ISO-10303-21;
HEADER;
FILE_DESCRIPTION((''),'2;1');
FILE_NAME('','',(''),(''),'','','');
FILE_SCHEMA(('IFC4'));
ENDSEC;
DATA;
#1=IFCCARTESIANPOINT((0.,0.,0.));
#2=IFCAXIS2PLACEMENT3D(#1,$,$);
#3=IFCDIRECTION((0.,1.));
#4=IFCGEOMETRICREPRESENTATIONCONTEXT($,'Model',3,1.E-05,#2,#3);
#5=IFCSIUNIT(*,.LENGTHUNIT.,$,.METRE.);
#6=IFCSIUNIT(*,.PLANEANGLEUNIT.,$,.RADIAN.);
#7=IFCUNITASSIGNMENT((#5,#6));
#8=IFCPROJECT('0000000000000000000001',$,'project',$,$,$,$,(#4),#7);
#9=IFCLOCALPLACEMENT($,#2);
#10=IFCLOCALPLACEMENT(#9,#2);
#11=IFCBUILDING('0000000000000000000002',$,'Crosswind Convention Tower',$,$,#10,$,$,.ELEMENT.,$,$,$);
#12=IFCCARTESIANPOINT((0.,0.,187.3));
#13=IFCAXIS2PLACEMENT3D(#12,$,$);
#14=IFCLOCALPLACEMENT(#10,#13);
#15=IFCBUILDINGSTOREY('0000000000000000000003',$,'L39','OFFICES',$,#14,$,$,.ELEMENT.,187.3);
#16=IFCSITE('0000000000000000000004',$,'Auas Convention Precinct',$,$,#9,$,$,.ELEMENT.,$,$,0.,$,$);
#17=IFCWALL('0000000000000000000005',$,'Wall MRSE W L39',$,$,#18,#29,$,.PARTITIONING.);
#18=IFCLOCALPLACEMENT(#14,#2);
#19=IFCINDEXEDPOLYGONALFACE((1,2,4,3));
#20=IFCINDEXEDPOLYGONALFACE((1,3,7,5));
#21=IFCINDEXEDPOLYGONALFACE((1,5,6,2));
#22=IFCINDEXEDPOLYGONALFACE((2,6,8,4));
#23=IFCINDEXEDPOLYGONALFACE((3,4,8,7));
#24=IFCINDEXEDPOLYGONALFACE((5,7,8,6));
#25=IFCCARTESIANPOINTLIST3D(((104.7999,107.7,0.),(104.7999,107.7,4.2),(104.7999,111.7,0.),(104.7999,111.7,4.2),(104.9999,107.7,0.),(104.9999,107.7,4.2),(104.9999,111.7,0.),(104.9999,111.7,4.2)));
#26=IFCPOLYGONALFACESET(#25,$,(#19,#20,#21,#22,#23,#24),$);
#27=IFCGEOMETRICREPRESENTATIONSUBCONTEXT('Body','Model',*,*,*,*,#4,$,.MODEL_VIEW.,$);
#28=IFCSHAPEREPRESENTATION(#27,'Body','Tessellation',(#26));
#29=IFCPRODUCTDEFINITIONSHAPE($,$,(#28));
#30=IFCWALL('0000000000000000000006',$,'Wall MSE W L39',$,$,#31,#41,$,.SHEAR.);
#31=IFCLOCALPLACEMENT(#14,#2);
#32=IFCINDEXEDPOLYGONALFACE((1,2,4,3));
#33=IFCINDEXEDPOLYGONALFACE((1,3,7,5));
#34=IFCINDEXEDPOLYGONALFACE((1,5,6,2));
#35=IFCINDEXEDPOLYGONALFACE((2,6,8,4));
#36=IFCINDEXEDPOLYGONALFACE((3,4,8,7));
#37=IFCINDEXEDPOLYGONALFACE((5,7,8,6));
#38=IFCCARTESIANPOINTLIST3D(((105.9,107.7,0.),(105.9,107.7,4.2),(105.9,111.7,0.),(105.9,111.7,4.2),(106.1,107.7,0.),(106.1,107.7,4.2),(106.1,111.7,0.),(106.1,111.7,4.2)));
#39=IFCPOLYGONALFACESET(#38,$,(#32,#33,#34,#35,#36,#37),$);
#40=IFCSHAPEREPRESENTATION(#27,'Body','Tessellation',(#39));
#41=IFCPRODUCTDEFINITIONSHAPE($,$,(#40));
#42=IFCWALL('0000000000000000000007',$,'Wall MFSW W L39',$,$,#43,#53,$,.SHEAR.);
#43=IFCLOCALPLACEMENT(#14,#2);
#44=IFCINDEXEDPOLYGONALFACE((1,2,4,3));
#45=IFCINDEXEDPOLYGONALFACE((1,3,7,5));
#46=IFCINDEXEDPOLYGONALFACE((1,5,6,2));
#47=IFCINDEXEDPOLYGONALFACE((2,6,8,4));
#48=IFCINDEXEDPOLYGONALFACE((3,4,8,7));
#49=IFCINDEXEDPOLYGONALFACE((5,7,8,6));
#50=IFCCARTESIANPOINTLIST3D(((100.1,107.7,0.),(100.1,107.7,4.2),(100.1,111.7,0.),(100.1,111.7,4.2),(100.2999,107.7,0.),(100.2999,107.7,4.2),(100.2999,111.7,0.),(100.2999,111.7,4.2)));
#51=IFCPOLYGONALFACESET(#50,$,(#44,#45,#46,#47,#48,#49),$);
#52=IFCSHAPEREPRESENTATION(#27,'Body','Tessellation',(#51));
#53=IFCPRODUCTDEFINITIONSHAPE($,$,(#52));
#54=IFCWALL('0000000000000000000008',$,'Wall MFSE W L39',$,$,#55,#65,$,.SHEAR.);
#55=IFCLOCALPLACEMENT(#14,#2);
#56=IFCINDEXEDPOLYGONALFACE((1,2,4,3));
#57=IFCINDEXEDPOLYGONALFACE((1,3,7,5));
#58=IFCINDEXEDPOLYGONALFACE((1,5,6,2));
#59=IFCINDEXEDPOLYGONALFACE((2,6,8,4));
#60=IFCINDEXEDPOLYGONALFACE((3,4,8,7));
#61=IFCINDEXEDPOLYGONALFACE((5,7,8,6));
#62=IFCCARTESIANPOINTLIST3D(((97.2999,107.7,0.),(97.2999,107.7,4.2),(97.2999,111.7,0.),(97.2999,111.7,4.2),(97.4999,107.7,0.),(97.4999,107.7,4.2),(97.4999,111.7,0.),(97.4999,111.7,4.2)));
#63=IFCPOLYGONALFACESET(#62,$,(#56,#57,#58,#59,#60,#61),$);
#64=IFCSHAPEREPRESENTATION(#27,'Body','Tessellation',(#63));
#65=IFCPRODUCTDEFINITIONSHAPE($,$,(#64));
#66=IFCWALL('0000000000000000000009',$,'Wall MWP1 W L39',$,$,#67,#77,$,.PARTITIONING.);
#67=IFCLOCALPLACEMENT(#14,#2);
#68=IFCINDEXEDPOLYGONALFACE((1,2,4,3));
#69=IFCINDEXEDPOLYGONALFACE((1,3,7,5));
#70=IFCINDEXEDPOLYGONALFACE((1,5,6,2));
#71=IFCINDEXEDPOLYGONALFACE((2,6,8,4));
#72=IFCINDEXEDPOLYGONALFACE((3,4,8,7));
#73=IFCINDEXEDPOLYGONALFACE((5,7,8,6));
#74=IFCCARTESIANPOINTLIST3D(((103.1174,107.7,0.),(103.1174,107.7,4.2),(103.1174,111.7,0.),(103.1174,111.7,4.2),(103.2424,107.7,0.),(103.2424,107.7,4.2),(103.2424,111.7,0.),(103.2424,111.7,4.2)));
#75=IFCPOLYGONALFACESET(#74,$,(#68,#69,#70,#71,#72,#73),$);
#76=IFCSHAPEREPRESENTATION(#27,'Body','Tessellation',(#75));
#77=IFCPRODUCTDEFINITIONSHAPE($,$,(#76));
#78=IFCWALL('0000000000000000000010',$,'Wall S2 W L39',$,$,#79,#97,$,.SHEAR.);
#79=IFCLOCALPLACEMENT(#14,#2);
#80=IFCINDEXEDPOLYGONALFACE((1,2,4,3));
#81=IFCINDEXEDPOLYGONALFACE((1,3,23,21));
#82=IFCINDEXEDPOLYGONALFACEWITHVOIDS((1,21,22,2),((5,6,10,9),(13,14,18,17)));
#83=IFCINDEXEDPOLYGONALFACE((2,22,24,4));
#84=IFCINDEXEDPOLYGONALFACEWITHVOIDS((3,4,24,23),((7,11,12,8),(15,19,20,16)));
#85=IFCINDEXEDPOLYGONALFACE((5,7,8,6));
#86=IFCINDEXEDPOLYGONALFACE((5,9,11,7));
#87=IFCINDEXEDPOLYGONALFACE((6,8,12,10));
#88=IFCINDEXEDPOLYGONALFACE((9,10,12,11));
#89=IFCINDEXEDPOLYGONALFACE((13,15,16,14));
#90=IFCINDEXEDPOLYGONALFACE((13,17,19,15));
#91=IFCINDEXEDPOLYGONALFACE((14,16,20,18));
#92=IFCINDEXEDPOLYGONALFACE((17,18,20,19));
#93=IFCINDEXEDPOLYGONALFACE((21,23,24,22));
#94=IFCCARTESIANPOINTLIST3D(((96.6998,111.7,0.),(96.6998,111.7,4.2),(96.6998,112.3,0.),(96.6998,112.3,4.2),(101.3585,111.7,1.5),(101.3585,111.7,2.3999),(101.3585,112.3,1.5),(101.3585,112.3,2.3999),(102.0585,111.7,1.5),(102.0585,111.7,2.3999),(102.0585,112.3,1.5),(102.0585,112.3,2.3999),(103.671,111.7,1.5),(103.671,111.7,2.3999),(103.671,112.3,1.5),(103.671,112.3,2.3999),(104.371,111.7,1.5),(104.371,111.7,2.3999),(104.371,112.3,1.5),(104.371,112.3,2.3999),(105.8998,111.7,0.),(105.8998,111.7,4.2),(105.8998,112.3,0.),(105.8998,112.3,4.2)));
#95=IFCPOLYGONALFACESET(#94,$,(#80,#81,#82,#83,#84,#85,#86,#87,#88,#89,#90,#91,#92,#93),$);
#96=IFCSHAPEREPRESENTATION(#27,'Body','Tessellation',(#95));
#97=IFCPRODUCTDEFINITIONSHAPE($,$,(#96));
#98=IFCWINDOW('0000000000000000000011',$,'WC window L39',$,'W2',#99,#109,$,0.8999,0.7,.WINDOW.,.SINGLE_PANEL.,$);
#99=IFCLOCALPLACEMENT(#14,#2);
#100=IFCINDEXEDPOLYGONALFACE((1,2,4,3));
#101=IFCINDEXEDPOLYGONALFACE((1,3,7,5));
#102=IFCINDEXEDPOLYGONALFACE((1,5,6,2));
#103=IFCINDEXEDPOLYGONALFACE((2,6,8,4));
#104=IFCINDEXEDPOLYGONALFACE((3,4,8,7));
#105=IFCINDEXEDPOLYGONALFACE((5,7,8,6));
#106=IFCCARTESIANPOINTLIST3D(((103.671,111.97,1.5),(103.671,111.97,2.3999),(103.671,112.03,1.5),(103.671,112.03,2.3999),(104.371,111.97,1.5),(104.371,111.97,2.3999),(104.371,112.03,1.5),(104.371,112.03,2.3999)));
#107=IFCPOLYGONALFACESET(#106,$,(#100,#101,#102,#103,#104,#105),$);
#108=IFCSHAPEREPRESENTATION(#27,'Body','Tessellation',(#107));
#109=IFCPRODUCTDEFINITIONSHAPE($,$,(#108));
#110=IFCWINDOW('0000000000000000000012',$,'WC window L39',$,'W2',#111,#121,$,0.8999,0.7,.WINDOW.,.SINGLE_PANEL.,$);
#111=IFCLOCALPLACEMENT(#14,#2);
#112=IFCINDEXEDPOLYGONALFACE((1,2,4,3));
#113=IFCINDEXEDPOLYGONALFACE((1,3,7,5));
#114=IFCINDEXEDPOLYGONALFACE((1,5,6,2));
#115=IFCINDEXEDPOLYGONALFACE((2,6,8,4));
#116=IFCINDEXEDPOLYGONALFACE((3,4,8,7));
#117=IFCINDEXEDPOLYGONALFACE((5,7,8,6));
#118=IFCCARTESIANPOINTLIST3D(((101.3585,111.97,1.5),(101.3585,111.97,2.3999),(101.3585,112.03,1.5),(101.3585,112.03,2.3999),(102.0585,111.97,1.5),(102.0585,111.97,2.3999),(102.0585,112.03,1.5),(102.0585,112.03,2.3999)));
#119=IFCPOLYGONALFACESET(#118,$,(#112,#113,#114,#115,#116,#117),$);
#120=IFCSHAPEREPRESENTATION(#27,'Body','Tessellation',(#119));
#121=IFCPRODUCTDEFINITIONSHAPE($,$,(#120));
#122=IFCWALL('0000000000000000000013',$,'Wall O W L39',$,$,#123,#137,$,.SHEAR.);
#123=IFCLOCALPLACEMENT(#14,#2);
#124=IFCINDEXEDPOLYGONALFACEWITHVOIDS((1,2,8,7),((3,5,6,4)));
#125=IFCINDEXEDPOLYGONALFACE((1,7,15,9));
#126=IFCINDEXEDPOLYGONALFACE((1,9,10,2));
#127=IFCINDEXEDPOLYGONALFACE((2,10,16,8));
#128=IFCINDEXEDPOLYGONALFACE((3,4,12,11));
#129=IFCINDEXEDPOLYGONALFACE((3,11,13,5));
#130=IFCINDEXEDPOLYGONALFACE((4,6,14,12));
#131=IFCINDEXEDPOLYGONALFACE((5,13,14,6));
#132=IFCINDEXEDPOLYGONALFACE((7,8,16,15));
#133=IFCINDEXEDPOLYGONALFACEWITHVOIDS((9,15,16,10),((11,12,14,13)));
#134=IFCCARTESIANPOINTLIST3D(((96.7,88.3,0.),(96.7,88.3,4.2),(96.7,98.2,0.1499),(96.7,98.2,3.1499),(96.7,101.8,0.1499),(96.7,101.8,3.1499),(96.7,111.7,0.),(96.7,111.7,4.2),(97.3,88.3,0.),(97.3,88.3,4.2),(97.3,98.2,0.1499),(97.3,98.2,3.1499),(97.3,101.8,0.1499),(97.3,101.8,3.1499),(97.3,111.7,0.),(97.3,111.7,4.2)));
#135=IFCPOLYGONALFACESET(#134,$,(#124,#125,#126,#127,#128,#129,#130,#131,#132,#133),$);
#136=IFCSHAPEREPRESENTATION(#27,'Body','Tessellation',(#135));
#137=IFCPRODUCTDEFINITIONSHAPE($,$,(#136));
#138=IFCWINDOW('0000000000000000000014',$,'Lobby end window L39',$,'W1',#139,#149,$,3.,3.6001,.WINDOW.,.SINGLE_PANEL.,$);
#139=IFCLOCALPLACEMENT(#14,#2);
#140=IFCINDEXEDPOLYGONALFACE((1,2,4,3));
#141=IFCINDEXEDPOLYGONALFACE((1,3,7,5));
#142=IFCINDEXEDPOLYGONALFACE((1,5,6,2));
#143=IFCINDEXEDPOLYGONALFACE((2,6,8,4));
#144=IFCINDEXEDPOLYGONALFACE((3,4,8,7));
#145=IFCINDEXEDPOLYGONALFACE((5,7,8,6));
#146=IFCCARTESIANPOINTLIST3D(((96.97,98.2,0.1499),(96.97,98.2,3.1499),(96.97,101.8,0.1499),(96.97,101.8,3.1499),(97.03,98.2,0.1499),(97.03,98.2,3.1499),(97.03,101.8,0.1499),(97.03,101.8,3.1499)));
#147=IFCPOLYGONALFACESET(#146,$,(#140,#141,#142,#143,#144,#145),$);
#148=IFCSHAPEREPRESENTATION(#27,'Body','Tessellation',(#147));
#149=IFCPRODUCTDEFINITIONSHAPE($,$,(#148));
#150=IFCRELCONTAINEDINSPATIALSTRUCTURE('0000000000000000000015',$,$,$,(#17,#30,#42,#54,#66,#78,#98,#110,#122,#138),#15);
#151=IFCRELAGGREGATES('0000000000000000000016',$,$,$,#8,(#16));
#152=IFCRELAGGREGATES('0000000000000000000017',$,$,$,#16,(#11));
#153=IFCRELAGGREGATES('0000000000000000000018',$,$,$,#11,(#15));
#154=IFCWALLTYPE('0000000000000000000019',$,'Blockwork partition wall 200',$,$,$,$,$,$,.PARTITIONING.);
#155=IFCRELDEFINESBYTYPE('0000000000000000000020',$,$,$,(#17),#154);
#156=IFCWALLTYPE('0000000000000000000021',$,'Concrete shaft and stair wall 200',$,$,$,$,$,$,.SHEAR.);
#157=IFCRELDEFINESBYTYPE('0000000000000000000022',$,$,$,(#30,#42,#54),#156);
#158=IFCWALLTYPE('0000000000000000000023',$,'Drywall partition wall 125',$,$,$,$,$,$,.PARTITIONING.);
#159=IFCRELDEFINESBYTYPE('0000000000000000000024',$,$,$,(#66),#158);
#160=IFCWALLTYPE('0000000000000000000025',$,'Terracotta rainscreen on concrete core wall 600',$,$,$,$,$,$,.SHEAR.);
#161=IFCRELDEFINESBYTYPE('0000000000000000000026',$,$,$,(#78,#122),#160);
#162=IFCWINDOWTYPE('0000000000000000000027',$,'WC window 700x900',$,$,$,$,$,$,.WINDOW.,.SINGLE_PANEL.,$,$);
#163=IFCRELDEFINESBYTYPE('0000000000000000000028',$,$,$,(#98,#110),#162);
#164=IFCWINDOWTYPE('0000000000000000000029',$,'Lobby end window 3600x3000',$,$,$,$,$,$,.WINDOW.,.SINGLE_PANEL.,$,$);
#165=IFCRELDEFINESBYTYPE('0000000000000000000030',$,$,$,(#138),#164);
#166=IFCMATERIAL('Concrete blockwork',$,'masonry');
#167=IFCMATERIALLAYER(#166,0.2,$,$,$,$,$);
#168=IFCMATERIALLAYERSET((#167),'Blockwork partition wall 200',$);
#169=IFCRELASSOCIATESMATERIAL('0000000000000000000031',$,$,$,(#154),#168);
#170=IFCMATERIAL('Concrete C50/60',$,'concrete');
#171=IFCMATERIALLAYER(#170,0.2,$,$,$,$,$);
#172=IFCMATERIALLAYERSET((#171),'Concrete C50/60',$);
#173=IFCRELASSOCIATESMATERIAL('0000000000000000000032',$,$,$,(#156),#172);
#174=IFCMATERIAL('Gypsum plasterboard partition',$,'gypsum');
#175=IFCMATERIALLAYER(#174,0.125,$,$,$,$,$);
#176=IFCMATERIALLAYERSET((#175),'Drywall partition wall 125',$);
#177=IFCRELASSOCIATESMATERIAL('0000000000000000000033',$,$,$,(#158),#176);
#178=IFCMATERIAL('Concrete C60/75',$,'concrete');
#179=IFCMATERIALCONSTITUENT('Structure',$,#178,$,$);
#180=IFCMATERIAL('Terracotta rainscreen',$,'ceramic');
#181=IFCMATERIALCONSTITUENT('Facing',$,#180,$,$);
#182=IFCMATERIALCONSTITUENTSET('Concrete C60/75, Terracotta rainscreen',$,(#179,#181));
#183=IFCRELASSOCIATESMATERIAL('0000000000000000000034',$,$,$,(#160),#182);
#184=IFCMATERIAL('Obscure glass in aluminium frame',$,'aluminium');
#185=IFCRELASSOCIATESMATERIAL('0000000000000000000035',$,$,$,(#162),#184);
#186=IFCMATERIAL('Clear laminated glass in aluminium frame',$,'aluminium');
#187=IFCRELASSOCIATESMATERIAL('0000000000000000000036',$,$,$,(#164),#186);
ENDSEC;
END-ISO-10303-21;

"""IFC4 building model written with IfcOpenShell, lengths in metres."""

from ifc_helpers import new_model, si_unit, direction, frame, frame_2d, origin, place, context, subcontext, project, spatial, rectangle, extrude, material, layer, layer_set, constituent, constituent_set, type_object, element, fill, save


model = new_model("IFC4")

# Units and contexts
model_context = context("Model", 3, precision=1e-05, world=origin(), true_north=direction((0.0, 1.0)))
body_context = subcontext(model_context, "Body", "Model", "MODEL_VIEW")
ifc_project = project(units=[si_unit("LENGTHUNIT", "METRE"), si_unit("PLANEANGLEUNIT", "RADIAN")], contexts=[model_context])

# Site, building, storey
site_placement = place(None, origin())
site = spatial("IfcSite", under=ifc_project, at=site_placement, Name="Auas Convention Precinct", CompositionType="ELEMENT", RefElevation=0.0)
building_placement = place(site_placement, origin())
building = spatial("IfcBuilding", under=site, at=building_placement, Name="Crosswind Convention Tower", CompositionType="ELEMENT")
storey_placement = place(building_placement, frame((0.0, 0.0, 187.3)))
storey = spatial("IfcBuildingStorey", under=building, at=storey_placement, Name="L39", Description="OFFICES", CompositionType="ELEMENT", Elevation=187.3)

# Walls
ifc_material_1 = material(Name="Concrete blockwork", Category="masonry")
ifc_layer_1 = layer(ifc_material_1, 0.2)
ifc_layer_set_1 = layer_set([ifc_layer_1], Name="Blockwork partition wall 200")
wall_type_1 = type_object("IfcWallType", Name="Blockwork partition wall 200", PredefinedType="PARTITIONING", material=ifc_layer_set_1)
wall_1_placement = place(storey_placement, frame((104.8999, 111.7, 0.0), z_axis=(0.0, 0.0, 1.0), x_axis=(0.0, -1.0, 0.0)))
element("IfcWall", 1, at=wall_1_placement, inside=storey, type_object=wall_type_1, Name="Wall MRSE W L39", PredefinedType="PARTITIONING", context=body_context, shape_type="SweptSolid", body=[
    extrude(rectangle(XDim=4.0, YDim=0.2, at=frame_2d((2.0, 0.0))), origin(), (0.0, 0.0, 1.0), 4.2),
])
ifc_material_2 = material(Name="Concrete C50/60", Category="concrete")
ifc_layer_2 = layer(ifc_material_2, 0.2)
ifc_layer_set_2 = layer_set([ifc_layer_2], Name="Concrete C50/60")
wall_type_2 = type_object("IfcWallType", Name="Concrete shaft and stair wall 200", PredefinedType="SHEAR", material=ifc_layer_set_2)
for number, where, z_axis, x_axis, name in (
    (2, (106.0, 111.7, 0.0), (0.0, 0.0, 1.0), (0.0, -1.0, 0.0), "Wall MSE W L39"),
    (3, (100.2, 111.7, 0.0), (0.0, 0.0, 1.0), (0.0, -1.0, 0.0), "Wall MFSW W L39"),
    (4, (97.3999, 111.7, 0.0), (0.0, 0.0, 1.0), (0.0, -1.0, 0.0), "Wall MFSE W L39"),
):
    element("IfcWall", number, at=place(storey_placement, frame(where, z_axis=z_axis, x_axis=x_axis)), inside=storey, type_object=wall_type_2, Name=name, PredefinedType="SHEAR", context=body_context, shape_type="SweptSolid", body=[
        extrude(rectangle(XDim=4.0, YDim=0.2, at=frame_2d((2.0, 0.0))), origin(), (0.0, 0.0, 1.0), 4.2),
    ])
ifc_material_3 = material(Name="Gypsum plasterboard partition", Category="gypsum")
ifc_layer_3 = layer(ifc_material_3, 0.125)
ifc_layer_set_3 = layer_set([ifc_layer_3], Name="Drywall partition wall 125")
wall_type_3 = type_object("IfcWallType", Name="Drywall partition wall 125", PredefinedType="PARTITIONING", material=ifc_layer_set_3)
wall_2_placement = place(storey_placement, frame((103.1799, 111.7, 0.0), z_axis=(0.0, 0.0, 1.0), x_axis=(0.0, -1.0, 0.0)))
element("IfcWall", 5, at=wall_2_placement, inside=storey, type_object=wall_type_3, Name="Wall MWP1 W L39", PredefinedType="PARTITIONING", context=body_context, shape_type="SweptSolid", body=[
    extrude(rectangle(XDim=4.0, YDim=0.125, at=frame_2d((2.0, 0.0))), origin(), (0.0, 0.0, 1.0), 4.2),
])

# Wall, openings, windows
ifc_material_4 = material(Name="Concrete C60/75", Category="concrete")
ifc_constituent_1 = constituent(ifc_material_4, Name="Structure")
ifc_material_5 = material(Name="Terracotta rainscreen", Category="ceramic")
ifc_constituent_2 = constituent(ifc_material_5, Name="Facing")
ifc_constituent_set = constituent_set(constituents=[ifc_constituent_1, ifc_constituent_2], Name="Concrete C60/75, Terracotta rainscreen")
wall_type_4 = type_object("IfcWallType", Name="Terracotta rainscreen on concrete core wall 600", PredefinedType="SHEAR", material=ifc_constituent_set)
wall_3_placement = place(storey_placement, frame((105.8999, 112.0, 0.0), z_axis=(0.0, 0.0, 1.0), x_axis=(-1.0, 0.0, 0.0)))
wall_3 = element("IfcWall", 6, at=wall_3_placement, inside=storey, type_object=wall_type_4, Name="Wall S2 W L39", PredefinedType="SHEAR", context=body_context, shape_type="SweptSolid", body=[
    extrude(rectangle(XDim=9.2, YDim=0.6001, at=frame_2d((4.6001, 0.0))), origin(), (0.0, 0.0, 1.0), 4.2),
])
opening_1_placement = place(wall_3_placement, frame((1.5288, 0.0, 1.5)))
opening_1 = element("IfcOpeningElement", 7, at=opening_1_placement, cuts=wall_3, PredefinedType="OPENING", context=body_context, shape_type="SweptSolid", body=[
    extrude(rectangle(XDim=0.7, YDim=0.8999, at=frame_2d((0.3501, 0.45))), frame((0.0, 0.3101, 0.0), z_axis=(0.0, -1.0, 0.0), x_axis=(1.0, 0.0, 0.0)), (0.0, 0.0, 1.0), 0.6201),
])
opening_2_placement = place(wall_3_placement, frame((3.8413, 0.0, 1.5)))
opening_2 = element("IfcOpeningElement", 8, at=opening_2_placement, cuts=wall_3, PredefinedType="OPENING", context=body_context, shape_type="SweptSolid", body=[
    extrude(rectangle(XDim=0.7, YDim=0.8999, at=frame_2d((0.3501, 0.45))), frame((0.0, 0.3101, 0.0), z_axis=(0.0, -1.0, 0.0), x_axis=(1.0, 0.0, 0.0)), (0.0, 0.0, 1.0), 0.6201),
])
ifc_material_6 = material(Name="Obscure glass in aluminium frame", Category="aluminium")
window_type_1 = type_object("IfcWindowType", Name="WC window 700x900", PartitioningType="SINGLE_PANEL", PredefinedType="WINDOW", material=ifc_material_6)
window_1_placement = place(opening_1_placement, origin())
window_1 = element("IfcWindow", 9, at=window_1_placement, inside=storey, type_object=window_type_1, Name="WC window L39", ObjectType="W2", OverallHeight=0.8999, OverallWidth=0.7, PartitioningType="SINGLE_PANEL", PredefinedType="WINDOW", context=body_context, shape_type="SweptSolid", body=[
    extrude(rectangle(XDim=0.7, YDim=0.8999, at=frame_2d((0.3501, 0.45))), frame((0.0, 0.03, 0.0), z_axis=(0.0, -1.0, 0.0), x_axis=(1.0, 0.0, 0.0)), (0.0, 0.0, 1.0), 0.0601),
])
fill(opening_1, window_1)
window_2_placement = place(opening_2_placement, origin())
window_2 = element("IfcWindow", 10, at=window_2_placement, inside=storey, type_object=window_type_1, Name="WC window L39", ObjectType="W2", OverallHeight=0.8999, OverallWidth=0.7, PartitioningType="SINGLE_PANEL", PredefinedType="WINDOW", context=body_context, shape_type="SweptSolid", body=[
    extrude(rectangle(XDim=0.7, YDim=0.8999, at=frame_2d((0.3501, 0.45))), frame((0.0, 0.03, 0.0), z_axis=(0.0, -1.0, 0.0), x_axis=(1.0, 0.0, 0.0)), (0.0, 0.0, 1.0), 0.0601),
])
fill(opening_2, window_2)

# Wall, opening, window
wall_4_placement = place(storey_placement, frame((97.0, 111.7, 0.0), z_axis=(0.0, 0.0, 1.0), x_axis=(0.0, -1.0, 0.0)))
wall_4 = element("IfcWall", 11, at=wall_4_placement, inside=storey, type_object=wall_type_4, Name="Wall O W L39", PredefinedType="SHEAR", context=body_context, shape_type="SweptSolid", body=[
    extrude(rectangle(XDim=23.3999, YDim=0.6001, at=frame_2d((11.7, 0.0))), origin(), (0.0, 0.0, 1.0), 4.2),
])
opening_3_placement = place(wall_4_placement, frame((9.8999, 0.0, 0.1499)))
opening_3 = element("IfcOpeningElement", 12, at=opening_3_placement, cuts=wall_4, PredefinedType="OPENING", context=body_context, shape_type="SweptSolid", body=[
    extrude(rectangle(XDim=3.6001, YDim=3.0, at=frame_2d((1.8, 1.5))), frame((0.0, 0.3101, 0.0), z_axis=(0.0, -1.0, 0.0), x_axis=(1.0, 0.0, 0.0)), (0.0, 0.0, 1.0), 0.6201),
])
ifc_material_7 = material(Name="Clear laminated glass in aluminium frame", Category="aluminium")
window_type_2 = type_object("IfcWindowType", Name="Lobby end window 3600x3000", PartitioningType="SINGLE_PANEL", PredefinedType="WINDOW", material=ifc_material_7)
window_3_placement = place(opening_3_placement, origin())
window_3 = element("IfcWindow", 13, at=window_3_placement, inside=storey, type_object=window_type_2, Name="Lobby end window L39", ObjectType="W1", OverallHeight=3.0, OverallWidth=3.6001, PartitioningType="SINGLE_PANEL", PredefinedType="WINDOW", context=body_context, shape_type="SweptSolid", body=[
    extrude(rectangle(XDim=3.6001, YDim=3.0, at=frame_2d((1.8, 1.5))), frame((0.0, 0.03, 0.0), z_axis=(0.0, -1.0, 0.0), x_axis=(1.0, 0.0, 0.0)), (0.0, 0.0, 1.0), 0.0601),
])
fill(opening_3, window_3)

save(model, "model.ifc")
